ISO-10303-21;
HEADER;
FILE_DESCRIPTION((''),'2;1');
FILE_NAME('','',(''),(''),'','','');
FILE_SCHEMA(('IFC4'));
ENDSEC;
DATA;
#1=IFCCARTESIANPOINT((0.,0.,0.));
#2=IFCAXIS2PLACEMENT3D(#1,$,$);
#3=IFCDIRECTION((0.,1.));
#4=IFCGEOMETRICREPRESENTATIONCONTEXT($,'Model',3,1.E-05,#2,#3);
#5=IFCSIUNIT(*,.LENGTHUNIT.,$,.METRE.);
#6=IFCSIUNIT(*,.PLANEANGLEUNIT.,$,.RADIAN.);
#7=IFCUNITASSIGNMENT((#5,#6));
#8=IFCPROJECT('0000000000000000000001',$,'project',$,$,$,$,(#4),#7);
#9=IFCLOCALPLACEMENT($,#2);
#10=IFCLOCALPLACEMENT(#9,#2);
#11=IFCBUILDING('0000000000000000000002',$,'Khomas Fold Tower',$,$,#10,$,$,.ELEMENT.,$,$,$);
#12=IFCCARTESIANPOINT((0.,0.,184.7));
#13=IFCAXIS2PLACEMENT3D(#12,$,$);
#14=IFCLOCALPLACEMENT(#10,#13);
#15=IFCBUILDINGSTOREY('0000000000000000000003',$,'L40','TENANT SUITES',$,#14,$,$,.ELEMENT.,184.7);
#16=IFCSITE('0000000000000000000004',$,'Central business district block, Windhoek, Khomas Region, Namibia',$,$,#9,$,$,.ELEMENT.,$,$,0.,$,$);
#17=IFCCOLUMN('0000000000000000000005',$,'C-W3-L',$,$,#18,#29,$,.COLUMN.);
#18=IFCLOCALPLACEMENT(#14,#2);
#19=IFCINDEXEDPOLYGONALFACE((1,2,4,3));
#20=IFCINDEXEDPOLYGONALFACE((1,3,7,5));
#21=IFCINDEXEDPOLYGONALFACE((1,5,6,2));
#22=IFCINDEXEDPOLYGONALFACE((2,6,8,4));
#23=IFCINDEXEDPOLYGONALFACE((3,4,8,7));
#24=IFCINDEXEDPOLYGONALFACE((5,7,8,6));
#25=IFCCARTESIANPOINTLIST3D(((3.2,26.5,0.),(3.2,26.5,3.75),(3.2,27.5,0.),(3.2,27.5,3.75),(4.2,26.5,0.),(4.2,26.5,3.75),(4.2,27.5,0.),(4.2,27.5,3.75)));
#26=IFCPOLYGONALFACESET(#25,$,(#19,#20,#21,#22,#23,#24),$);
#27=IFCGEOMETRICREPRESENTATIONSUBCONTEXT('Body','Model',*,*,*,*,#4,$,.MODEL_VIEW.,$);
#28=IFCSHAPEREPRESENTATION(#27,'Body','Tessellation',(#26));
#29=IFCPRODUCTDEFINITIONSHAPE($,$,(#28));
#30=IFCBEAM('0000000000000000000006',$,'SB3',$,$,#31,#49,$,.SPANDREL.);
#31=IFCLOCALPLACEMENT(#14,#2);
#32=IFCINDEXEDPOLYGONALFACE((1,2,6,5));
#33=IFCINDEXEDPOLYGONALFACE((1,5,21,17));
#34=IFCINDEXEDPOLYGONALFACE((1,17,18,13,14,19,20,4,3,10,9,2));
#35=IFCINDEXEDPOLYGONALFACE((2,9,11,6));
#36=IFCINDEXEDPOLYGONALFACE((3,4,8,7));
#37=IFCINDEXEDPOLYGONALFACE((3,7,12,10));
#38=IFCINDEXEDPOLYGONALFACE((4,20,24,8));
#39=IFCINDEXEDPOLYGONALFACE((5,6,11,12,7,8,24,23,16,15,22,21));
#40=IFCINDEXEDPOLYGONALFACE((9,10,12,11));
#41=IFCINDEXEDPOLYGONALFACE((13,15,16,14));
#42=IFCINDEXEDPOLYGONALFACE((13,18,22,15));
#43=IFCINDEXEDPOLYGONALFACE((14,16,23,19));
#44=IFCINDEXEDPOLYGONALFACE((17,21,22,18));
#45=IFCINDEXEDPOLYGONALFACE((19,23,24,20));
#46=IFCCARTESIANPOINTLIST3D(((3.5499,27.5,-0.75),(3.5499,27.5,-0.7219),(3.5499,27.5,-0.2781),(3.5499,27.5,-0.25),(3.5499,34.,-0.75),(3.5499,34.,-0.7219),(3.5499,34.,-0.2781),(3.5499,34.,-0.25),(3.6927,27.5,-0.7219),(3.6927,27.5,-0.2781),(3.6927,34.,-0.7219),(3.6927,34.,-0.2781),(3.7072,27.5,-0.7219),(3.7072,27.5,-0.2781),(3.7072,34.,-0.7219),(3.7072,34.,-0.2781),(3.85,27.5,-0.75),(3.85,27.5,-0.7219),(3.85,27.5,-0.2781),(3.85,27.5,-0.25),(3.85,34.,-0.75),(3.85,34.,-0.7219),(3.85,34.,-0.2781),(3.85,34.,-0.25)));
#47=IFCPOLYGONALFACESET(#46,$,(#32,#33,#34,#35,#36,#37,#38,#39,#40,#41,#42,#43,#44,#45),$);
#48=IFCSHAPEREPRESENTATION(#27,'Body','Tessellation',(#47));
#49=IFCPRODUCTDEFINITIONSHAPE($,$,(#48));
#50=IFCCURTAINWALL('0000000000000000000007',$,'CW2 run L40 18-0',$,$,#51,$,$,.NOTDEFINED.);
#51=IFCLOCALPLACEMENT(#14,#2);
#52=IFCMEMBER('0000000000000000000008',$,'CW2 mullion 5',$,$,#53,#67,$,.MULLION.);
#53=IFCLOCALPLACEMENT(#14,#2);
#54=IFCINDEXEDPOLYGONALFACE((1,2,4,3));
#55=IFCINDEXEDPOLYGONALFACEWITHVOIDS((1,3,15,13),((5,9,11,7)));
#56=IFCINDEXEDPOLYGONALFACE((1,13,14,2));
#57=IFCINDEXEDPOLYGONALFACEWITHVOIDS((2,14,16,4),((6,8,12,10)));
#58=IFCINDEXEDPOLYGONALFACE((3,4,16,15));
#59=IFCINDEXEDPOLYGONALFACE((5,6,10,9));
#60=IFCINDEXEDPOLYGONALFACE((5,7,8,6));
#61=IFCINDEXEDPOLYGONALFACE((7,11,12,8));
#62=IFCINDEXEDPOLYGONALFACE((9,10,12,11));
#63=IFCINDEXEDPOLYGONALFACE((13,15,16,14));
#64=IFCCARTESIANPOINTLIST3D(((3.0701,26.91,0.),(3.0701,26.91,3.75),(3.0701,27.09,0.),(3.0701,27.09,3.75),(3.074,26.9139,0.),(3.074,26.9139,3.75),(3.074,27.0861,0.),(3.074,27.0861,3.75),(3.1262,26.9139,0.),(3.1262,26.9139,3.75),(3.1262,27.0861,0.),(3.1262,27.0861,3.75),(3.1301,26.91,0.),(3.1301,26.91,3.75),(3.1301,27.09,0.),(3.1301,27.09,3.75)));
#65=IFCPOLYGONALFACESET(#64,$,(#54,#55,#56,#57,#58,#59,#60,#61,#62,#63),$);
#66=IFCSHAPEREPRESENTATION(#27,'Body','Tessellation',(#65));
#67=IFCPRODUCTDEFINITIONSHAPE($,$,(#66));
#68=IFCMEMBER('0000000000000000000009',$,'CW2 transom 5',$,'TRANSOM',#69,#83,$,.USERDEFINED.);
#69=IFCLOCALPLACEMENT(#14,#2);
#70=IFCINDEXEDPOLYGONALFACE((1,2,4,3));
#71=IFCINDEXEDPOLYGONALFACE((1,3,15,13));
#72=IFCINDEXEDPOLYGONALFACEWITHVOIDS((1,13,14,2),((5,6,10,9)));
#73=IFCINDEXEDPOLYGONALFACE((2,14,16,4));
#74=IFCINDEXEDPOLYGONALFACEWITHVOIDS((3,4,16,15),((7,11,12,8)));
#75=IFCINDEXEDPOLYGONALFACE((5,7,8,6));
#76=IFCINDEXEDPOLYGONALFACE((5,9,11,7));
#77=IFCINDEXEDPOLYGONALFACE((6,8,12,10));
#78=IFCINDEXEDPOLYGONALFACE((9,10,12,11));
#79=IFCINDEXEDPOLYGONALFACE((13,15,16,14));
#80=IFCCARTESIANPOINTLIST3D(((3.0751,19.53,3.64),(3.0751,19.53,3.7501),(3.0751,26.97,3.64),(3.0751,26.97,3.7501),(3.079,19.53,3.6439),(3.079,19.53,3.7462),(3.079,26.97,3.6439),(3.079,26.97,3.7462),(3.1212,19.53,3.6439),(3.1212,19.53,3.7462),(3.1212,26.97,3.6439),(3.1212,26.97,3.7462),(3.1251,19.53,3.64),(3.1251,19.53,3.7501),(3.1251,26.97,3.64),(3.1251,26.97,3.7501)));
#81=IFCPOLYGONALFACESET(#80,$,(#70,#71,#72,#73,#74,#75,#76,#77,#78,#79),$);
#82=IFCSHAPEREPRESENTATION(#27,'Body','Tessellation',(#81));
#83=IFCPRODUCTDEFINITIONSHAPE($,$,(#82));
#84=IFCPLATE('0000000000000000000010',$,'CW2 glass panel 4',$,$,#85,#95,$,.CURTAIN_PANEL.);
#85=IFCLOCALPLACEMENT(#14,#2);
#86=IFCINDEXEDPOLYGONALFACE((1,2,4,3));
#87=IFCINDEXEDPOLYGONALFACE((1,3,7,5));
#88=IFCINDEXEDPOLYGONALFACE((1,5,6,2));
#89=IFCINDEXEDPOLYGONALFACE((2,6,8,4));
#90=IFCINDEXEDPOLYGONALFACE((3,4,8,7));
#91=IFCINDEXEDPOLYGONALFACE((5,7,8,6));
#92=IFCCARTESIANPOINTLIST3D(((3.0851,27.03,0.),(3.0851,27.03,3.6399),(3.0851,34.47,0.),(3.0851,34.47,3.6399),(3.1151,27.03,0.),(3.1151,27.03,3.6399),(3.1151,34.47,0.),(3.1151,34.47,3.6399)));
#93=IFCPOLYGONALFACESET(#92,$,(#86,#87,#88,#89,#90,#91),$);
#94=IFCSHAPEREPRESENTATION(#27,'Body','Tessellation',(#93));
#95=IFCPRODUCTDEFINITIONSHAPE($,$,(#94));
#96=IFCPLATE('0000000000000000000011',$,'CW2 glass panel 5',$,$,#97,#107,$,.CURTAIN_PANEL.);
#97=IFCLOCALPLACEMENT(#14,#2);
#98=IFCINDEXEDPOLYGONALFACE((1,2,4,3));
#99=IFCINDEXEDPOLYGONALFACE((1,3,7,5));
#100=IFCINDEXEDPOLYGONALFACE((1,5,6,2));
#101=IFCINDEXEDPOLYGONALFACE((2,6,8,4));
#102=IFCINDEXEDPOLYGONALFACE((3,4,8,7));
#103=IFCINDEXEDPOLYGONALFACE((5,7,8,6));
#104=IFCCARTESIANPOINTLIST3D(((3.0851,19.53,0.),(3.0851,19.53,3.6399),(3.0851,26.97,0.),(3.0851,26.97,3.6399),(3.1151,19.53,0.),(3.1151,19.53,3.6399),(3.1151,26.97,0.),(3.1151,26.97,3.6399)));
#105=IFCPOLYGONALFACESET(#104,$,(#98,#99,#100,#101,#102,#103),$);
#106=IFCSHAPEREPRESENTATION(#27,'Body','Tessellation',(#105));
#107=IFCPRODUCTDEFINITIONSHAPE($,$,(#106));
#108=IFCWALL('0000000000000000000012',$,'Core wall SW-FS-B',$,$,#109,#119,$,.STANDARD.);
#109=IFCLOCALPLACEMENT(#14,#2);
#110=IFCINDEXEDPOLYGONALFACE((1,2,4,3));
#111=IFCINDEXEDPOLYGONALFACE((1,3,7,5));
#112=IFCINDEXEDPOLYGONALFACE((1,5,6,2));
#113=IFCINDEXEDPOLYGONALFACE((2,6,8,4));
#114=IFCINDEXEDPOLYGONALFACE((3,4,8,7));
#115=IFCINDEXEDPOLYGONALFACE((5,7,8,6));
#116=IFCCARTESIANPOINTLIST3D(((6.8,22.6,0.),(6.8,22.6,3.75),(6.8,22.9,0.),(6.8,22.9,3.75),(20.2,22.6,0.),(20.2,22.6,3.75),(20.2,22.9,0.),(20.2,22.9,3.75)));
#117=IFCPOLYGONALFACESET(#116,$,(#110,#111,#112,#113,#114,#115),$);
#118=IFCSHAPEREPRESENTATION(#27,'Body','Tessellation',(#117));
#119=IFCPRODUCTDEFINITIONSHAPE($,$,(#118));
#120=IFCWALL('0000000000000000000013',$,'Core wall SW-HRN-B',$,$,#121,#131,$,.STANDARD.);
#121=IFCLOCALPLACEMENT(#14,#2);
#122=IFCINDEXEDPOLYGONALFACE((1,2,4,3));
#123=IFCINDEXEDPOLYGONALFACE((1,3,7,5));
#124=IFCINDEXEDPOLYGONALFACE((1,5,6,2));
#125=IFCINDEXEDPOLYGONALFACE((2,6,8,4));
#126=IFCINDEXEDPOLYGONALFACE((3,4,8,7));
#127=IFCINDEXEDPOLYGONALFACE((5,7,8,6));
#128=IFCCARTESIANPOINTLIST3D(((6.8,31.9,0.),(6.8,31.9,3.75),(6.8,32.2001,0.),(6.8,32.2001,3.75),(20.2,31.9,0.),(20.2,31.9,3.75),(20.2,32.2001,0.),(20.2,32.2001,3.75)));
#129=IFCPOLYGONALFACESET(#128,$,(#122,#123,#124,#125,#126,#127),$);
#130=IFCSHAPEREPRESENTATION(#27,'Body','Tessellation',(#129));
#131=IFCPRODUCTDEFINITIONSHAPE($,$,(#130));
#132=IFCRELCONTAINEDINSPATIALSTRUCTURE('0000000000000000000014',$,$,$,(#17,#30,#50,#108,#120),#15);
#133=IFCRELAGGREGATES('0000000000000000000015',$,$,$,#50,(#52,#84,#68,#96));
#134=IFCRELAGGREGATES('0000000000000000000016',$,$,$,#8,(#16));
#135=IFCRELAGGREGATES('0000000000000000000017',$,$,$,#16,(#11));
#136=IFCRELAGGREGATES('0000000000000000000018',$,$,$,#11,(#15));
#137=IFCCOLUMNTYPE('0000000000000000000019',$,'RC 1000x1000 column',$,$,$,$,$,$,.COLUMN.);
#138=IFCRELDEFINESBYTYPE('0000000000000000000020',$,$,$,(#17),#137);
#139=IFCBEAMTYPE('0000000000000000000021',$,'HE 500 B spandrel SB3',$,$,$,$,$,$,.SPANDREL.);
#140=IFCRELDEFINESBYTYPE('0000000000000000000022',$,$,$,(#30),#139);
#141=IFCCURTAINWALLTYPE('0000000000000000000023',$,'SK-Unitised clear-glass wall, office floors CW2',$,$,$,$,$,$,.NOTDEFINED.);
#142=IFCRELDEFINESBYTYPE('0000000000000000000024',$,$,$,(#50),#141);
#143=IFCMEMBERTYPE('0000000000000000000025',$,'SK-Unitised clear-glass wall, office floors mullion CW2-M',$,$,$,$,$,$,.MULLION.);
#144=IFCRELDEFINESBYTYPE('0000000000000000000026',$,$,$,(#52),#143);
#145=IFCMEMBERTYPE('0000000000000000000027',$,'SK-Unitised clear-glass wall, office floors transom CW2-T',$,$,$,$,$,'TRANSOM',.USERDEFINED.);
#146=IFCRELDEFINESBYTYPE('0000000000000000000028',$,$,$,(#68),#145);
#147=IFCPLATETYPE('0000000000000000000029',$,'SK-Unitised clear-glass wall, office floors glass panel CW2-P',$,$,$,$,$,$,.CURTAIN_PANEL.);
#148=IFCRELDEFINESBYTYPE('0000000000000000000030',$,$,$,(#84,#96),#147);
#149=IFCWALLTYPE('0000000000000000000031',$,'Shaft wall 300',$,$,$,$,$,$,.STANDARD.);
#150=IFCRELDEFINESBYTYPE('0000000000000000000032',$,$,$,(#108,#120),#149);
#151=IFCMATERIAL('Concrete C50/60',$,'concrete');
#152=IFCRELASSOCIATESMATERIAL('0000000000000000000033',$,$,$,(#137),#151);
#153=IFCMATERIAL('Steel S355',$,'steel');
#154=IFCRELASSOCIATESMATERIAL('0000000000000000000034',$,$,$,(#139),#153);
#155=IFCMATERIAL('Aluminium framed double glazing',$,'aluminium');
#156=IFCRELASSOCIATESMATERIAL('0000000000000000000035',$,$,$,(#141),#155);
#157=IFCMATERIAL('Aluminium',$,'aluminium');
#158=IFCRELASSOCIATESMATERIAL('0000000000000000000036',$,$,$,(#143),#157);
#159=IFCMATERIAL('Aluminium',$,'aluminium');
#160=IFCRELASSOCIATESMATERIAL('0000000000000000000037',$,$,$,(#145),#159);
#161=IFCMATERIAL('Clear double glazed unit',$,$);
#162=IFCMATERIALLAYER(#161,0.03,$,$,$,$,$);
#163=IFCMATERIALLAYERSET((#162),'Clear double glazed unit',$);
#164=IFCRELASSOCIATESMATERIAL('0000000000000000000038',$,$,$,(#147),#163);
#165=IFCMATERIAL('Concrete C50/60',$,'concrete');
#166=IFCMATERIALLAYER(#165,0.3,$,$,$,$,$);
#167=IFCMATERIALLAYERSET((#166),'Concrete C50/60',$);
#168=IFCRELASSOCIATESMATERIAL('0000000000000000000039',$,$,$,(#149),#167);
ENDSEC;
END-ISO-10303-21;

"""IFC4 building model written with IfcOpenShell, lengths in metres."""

from ifc_helpers import new_model, si_unit, direction, frame, frame_2d, origin, origin_2d, place, context, subcontext, project, spatial, rectangle, hollow_rectangle, i_section, extrude, source, transform, mapped, material, layer, layer_set, material_profile, profile_set, type_object, element, aggregate, save


model = new_model("IFC4")

# Units and contexts
model_context = context("Model", 3, precision=1e-05, world=origin(), true_north=direction((0.0, 1.0)))
body_context = subcontext(model_context, "Body", "Model", "MODEL_VIEW")
ifc_project = project(units=[si_unit("LENGTHUNIT", "METRE"), si_unit("PLANEANGLEUNIT", "RADIAN")], contexts=[model_context])

# Site, building, storey
site_placement = place(None, origin())
site = spatial("IfcSite", under=ifc_project, at=site_placement, Name="Central business district block, Windhoek, Khomas Region, Namibia", CompositionType="ELEMENT", RefElevation=0.0)
building_placement = place(site_placement, origin())
building = spatial("IfcBuilding", under=site, at=building_placement, Name="Khomas Fold Tower", CompositionType="ELEMENT")
storey_placement = place(building_placement, frame((0.0, 0.0, 184.7)))
storey = spatial("IfcBuildingStorey", under=building, at=storey_placement, Name="L40", Description="TENANT SUITES", CompositionType="ELEMENT", Elevation=184.7)

# Column
ifc_material_1 = material(Name="Concrete C50/60", Category="concrete")
ifc_material_profile_1 = material_profile(ifc_material_1, rectangle(XDim=1.0, YDim=1.0, at=origin_2d()), Name="RC 1000x1000")
ifc_profile_set_1 = profile_set([ifc_material_profile_1], Name="Concrete C50/60")
column_type = type_object("IfcColumnType", Name="RC 1000x1000 column", PredefinedType="COLUMN", material=ifc_profile_set_1)
shared_shape_1 = source(origin(), body_context, "Body", "SweptSolid", [
    extrude(rectangle(XDim=1.0, YDim=1.0, at=origin_2d()), origin(), (0.0, 0.0, 1.0), 3.75),
])
column_placement = place(storey_placement, frame((3.7, 27.0, 0.0), z_axis=(0.0, 0.0, 1.0), x_axis=(1.0, 0.0, 0.0)))
element("IfcColumn", 1, at=column_placement, inside=storey, type_object=column_type, Name="C-W3-L", PredefinedType="COLUMN", context=body_context, shape_type="MappedRepresentation", body=[
    mapped(shared_shape_1, transform((0.0, 0.0, 0.0))),
])

# Beam
ifc_material_2 = material(Name="Steel S355", Category="steel")
ifc_material_profile_2 = material_profile(ifc_material_2, i_section(OverallWidth=0.3, OverallDepth=0.5, WebThickness=0.0144, FlangeThickness=0.0281, at=origin_2d()), Name="HE 500 B")
ifc_profile_set_2 = profile_set([ifc_material_profile_2], Name="Steel S355")
beam_type = type_object("IfcBeamType", Name="HE 500 B spandrel SB3", PredefinedType="SPANDREL", material=ifc_profile_set_2)
shared_shape_2 = source(origin(), body_context, "Body", "SweptSolid", [
    extrude(i_section(OverallWidth=0.3, OverallDepth=0.5, WebThickness=0.0144, FlangeThickness=0.0281, at=origin_2d()), origin(), (0.0, 0.0, 1.0), 6.5),
])
beam_placement = place(storey_placement, frame((3.7, 27.5, -0.5), z_axis=(0.0, 1.0, 0.0), x_axis=(-1.0, 0.0, 0.0)))
element("IfcBeam", 2, at=beam_placement, inside=storey, type_object=beam_type, Name="SB3", PredefinedType="SPANDREL", context=body_context, shape_type="MappedRepresentation", body=[
    mapped(shared_shape_2, transform((0.0, 0.0, 0.0))),
])

# Curtain wall, members, plates
ifc_material_3 = material(Name="Aluminium framed double glazing", Category="aluminium")
curtain_wall_type = type_object("IfcCurtainWallType", Name="SK-Unitised clear-glass wall, office floors CW2", PredefinedType="NOTDEFINED", material=ifc_material_3)
curtain_wall_placement = place(storey_placement, origin())
curtain_wall = element("IfcCurtainWall", 3, at=curtain_wall_placement, inside=storey, type_object=curtain_wall_type, Name="CW2 run L40 18-0", PredefinedType="NOTDEFINED")
ifc_material_4 = material(Name="Aluminium", Category="aluminium")
ifc_material_profile_3 = material_profile(ifc_material_4, hollow_rectangle(XDim=0.0601, YDim=0.1799, WallThickness=0.0039, at=origin_2d()), Name="SK-Unitised clear-glass wall, office floors mullion CW2-M")
ifc_profile_set_3 = profile_set([ifc_material_profile_3], Name="Aluminium")
member_type_1 = type_object("IfcMemberType", Name="SK-Unitised clear-glass wall, office floors mullion CW2-M", PredefinedType="MULLION", material=ifc_profile_set_3)
shared_shape_3 = source(origin(), body_context, "Body", "SweptSolid", [
    extrude(hollow_rectangle(XDim=0.0601, YDim=0.1799, WallThickness=0.0039, at=origin_2d()), origin(), (0.0, 0.0, 1.0), 3.75),
])
member_1_placement = place(storey_placement, frame((3.1001, 27.0, 0.0), z_axis=(0.0, 0.0, 1.0), x_axis=(1.0, 0.0, 0.0)))
member_1 = element("IfcMember", 4, at=member_1_placement, type_object=member_type_1, Name="CW2 mullion 5", PredefinedType="MULLION", context=body_context, shape_type="MappedRepresentation", body=[
    mapped(shared_shape_3, transform((0.0, 0.0, 0.0))),
])
ifc_material_5 = material(Name="Aluminium", Category="aluminium")
ifc_material_profile_4 = material_profile(ifc_material_5, hollow_rectangle(XDim=0.05, YDim=0.1101, WallThickness=0.0039, at=origin_2d()), Name="SK-Unitised clear-glass wall, office floors transom CW2-T")
ifc_profile_set_4 = profile_set([ifc_material_profile_4], Name="Aluminium")
member_type_2 = type_object("IfcMemberType", Name="SK-Unitised clear-glass wall, office floors transom CW2-T", ElementType="TRANSOM", PredefinedType="USERDEFINED", material=ifc_profile_set_4)
shared_shape_4 = source(origin(), body_context, "Body", "SweptSolid", [
    extrude(hollow_rectangle(XDim=0.05, YDim=0.1101, WallThickness=0.0039, at=origin_2d()), origin(), (0.0, 0.0, 1.0), 7.4399),
])
member_2_placement = place(storey_placement, frame((3.1001, 26.97, 3.6951), z_axis=(0.0, -1.0, 0.0), x_axis=(1.0, 0.0, 0.0)))
member_2 = element("IfcMember", 5, at=member_2_placement, type_object=member_type_2, Name="CW2 transom 5", ObjectType="TRANSOM", PredefinedType="USERDEFINED", context=body_context, shape_type="MappedRepresentation", body=[
    mapped(shared_shape_4, transform((0.0, 0.0, 0.0))),
])
ifc_material_6 = material(Name="Clear double glazed unit")
ifc_layer_1 = layer(ifc_material_6, 0.03)
ifc_layer_set_1 = layer_set([ifc_layer_1], Name="Clear double glazed unit")
plate_type = type_object("IfcPlateType", Name="SK-Unitised clear-glass wall, office floors glass panel CW2-P", PredefinedType="CURTAIN_PANEL", material=ifc_layer_set_1)
shared_shape_5 = source(origin(), body_context, "Body", "SweptSolid", [
    extrude(rectangle(XDim=7.4399, YDim=0.03, at=origin_2d()), origin(), (0.0, 0.0, 1.0), 3.6399),
])
plate_1_placement = place(storey_placement, frame((3.1001, 30.75, 0.0), z_axis=(0.0, 0.0, 1.0), x_axis=(0.0, -1.0, 0.0)))
plate_1 = element("IfcPlate", 6, at=plate_1_placement, type_object=plate_type, Name="CW2 glass panel 4", PredefinedType="CURTAIN_PANEL", context=body_context, shape_type="MappedRepresentation", body=[
    mapped(shared_shape_5, transform((0.0, 0.0, 0.0))),
])
plate_2_placement = place(storey_placement, frame((3.1001, 23.25, 0.0), z_axis=(0.0, 0.0, 1.0), x_axis=(0.0, -1.0, 0.0)))
plate_2 = element("IfcPlate", 7, at=plate_2_placement, type_object=plate_type, Name="CW2 glass panel 5", PredefinedType="CURTAIN_PANEL", context=body_context, shape_type="MappedRepresentation", body=[
    mapped(shared_shape_5, transform((0.0, 0.0, 0.0))),
])
aggregate(curtain_wall, [member_1, plate_1, member_2, plate_2])

# Walls
ifc_material_7 = material(Name="Concrete C50/60", Category="concrete")
ifc_layer_2 = layer(ifc_material_7, 0.3)
ifc_layer_set_2 = layer_set([ifc_layer_2], Name="Concrete C50/60")
wall_type_1 = type_object("IfcWallType", Name="Shaft wall 300", PredefinedType="STANDARD", material=ifc_layer_set_2)
shared_shape_6 = source(origin(), body_context, "Body", "SweptSolid", [
    extrude(rectangle(XDim=13.3999, YDim=0.3, at=frame_2d((6.7, 0.0))), origin(), (0.0, 0.0, 1.0), 3.75),
])
for number, where, z_axis, x_axis, name in (
    (8, (6.8, 22.75, 0.0), (0.0, 0.0, 1.0), (1.0, 0.0, 0.0), "Core wall SW-FS-B"),
    (9, (6.8, 32.05, 0.0), (0.0, 0.0, 1.0), (1.0, 0.0, 0.0), "Core wall SW-HRN-B"),
):
    element("IfcWall", number, at=place(storey_placement, frame(where, z_axis=z_axis, x_axis=x_axis)), inside=storey, type_object=wall_type_1, Name=name, PredefinedType="STANDARD", context=body_context, shape_type="MappedRepresentation", body=[
        mapped(shared_shape_6, transform((0.0, 0.0, 0.0))),
    ])

save(model, "model.ifc")
